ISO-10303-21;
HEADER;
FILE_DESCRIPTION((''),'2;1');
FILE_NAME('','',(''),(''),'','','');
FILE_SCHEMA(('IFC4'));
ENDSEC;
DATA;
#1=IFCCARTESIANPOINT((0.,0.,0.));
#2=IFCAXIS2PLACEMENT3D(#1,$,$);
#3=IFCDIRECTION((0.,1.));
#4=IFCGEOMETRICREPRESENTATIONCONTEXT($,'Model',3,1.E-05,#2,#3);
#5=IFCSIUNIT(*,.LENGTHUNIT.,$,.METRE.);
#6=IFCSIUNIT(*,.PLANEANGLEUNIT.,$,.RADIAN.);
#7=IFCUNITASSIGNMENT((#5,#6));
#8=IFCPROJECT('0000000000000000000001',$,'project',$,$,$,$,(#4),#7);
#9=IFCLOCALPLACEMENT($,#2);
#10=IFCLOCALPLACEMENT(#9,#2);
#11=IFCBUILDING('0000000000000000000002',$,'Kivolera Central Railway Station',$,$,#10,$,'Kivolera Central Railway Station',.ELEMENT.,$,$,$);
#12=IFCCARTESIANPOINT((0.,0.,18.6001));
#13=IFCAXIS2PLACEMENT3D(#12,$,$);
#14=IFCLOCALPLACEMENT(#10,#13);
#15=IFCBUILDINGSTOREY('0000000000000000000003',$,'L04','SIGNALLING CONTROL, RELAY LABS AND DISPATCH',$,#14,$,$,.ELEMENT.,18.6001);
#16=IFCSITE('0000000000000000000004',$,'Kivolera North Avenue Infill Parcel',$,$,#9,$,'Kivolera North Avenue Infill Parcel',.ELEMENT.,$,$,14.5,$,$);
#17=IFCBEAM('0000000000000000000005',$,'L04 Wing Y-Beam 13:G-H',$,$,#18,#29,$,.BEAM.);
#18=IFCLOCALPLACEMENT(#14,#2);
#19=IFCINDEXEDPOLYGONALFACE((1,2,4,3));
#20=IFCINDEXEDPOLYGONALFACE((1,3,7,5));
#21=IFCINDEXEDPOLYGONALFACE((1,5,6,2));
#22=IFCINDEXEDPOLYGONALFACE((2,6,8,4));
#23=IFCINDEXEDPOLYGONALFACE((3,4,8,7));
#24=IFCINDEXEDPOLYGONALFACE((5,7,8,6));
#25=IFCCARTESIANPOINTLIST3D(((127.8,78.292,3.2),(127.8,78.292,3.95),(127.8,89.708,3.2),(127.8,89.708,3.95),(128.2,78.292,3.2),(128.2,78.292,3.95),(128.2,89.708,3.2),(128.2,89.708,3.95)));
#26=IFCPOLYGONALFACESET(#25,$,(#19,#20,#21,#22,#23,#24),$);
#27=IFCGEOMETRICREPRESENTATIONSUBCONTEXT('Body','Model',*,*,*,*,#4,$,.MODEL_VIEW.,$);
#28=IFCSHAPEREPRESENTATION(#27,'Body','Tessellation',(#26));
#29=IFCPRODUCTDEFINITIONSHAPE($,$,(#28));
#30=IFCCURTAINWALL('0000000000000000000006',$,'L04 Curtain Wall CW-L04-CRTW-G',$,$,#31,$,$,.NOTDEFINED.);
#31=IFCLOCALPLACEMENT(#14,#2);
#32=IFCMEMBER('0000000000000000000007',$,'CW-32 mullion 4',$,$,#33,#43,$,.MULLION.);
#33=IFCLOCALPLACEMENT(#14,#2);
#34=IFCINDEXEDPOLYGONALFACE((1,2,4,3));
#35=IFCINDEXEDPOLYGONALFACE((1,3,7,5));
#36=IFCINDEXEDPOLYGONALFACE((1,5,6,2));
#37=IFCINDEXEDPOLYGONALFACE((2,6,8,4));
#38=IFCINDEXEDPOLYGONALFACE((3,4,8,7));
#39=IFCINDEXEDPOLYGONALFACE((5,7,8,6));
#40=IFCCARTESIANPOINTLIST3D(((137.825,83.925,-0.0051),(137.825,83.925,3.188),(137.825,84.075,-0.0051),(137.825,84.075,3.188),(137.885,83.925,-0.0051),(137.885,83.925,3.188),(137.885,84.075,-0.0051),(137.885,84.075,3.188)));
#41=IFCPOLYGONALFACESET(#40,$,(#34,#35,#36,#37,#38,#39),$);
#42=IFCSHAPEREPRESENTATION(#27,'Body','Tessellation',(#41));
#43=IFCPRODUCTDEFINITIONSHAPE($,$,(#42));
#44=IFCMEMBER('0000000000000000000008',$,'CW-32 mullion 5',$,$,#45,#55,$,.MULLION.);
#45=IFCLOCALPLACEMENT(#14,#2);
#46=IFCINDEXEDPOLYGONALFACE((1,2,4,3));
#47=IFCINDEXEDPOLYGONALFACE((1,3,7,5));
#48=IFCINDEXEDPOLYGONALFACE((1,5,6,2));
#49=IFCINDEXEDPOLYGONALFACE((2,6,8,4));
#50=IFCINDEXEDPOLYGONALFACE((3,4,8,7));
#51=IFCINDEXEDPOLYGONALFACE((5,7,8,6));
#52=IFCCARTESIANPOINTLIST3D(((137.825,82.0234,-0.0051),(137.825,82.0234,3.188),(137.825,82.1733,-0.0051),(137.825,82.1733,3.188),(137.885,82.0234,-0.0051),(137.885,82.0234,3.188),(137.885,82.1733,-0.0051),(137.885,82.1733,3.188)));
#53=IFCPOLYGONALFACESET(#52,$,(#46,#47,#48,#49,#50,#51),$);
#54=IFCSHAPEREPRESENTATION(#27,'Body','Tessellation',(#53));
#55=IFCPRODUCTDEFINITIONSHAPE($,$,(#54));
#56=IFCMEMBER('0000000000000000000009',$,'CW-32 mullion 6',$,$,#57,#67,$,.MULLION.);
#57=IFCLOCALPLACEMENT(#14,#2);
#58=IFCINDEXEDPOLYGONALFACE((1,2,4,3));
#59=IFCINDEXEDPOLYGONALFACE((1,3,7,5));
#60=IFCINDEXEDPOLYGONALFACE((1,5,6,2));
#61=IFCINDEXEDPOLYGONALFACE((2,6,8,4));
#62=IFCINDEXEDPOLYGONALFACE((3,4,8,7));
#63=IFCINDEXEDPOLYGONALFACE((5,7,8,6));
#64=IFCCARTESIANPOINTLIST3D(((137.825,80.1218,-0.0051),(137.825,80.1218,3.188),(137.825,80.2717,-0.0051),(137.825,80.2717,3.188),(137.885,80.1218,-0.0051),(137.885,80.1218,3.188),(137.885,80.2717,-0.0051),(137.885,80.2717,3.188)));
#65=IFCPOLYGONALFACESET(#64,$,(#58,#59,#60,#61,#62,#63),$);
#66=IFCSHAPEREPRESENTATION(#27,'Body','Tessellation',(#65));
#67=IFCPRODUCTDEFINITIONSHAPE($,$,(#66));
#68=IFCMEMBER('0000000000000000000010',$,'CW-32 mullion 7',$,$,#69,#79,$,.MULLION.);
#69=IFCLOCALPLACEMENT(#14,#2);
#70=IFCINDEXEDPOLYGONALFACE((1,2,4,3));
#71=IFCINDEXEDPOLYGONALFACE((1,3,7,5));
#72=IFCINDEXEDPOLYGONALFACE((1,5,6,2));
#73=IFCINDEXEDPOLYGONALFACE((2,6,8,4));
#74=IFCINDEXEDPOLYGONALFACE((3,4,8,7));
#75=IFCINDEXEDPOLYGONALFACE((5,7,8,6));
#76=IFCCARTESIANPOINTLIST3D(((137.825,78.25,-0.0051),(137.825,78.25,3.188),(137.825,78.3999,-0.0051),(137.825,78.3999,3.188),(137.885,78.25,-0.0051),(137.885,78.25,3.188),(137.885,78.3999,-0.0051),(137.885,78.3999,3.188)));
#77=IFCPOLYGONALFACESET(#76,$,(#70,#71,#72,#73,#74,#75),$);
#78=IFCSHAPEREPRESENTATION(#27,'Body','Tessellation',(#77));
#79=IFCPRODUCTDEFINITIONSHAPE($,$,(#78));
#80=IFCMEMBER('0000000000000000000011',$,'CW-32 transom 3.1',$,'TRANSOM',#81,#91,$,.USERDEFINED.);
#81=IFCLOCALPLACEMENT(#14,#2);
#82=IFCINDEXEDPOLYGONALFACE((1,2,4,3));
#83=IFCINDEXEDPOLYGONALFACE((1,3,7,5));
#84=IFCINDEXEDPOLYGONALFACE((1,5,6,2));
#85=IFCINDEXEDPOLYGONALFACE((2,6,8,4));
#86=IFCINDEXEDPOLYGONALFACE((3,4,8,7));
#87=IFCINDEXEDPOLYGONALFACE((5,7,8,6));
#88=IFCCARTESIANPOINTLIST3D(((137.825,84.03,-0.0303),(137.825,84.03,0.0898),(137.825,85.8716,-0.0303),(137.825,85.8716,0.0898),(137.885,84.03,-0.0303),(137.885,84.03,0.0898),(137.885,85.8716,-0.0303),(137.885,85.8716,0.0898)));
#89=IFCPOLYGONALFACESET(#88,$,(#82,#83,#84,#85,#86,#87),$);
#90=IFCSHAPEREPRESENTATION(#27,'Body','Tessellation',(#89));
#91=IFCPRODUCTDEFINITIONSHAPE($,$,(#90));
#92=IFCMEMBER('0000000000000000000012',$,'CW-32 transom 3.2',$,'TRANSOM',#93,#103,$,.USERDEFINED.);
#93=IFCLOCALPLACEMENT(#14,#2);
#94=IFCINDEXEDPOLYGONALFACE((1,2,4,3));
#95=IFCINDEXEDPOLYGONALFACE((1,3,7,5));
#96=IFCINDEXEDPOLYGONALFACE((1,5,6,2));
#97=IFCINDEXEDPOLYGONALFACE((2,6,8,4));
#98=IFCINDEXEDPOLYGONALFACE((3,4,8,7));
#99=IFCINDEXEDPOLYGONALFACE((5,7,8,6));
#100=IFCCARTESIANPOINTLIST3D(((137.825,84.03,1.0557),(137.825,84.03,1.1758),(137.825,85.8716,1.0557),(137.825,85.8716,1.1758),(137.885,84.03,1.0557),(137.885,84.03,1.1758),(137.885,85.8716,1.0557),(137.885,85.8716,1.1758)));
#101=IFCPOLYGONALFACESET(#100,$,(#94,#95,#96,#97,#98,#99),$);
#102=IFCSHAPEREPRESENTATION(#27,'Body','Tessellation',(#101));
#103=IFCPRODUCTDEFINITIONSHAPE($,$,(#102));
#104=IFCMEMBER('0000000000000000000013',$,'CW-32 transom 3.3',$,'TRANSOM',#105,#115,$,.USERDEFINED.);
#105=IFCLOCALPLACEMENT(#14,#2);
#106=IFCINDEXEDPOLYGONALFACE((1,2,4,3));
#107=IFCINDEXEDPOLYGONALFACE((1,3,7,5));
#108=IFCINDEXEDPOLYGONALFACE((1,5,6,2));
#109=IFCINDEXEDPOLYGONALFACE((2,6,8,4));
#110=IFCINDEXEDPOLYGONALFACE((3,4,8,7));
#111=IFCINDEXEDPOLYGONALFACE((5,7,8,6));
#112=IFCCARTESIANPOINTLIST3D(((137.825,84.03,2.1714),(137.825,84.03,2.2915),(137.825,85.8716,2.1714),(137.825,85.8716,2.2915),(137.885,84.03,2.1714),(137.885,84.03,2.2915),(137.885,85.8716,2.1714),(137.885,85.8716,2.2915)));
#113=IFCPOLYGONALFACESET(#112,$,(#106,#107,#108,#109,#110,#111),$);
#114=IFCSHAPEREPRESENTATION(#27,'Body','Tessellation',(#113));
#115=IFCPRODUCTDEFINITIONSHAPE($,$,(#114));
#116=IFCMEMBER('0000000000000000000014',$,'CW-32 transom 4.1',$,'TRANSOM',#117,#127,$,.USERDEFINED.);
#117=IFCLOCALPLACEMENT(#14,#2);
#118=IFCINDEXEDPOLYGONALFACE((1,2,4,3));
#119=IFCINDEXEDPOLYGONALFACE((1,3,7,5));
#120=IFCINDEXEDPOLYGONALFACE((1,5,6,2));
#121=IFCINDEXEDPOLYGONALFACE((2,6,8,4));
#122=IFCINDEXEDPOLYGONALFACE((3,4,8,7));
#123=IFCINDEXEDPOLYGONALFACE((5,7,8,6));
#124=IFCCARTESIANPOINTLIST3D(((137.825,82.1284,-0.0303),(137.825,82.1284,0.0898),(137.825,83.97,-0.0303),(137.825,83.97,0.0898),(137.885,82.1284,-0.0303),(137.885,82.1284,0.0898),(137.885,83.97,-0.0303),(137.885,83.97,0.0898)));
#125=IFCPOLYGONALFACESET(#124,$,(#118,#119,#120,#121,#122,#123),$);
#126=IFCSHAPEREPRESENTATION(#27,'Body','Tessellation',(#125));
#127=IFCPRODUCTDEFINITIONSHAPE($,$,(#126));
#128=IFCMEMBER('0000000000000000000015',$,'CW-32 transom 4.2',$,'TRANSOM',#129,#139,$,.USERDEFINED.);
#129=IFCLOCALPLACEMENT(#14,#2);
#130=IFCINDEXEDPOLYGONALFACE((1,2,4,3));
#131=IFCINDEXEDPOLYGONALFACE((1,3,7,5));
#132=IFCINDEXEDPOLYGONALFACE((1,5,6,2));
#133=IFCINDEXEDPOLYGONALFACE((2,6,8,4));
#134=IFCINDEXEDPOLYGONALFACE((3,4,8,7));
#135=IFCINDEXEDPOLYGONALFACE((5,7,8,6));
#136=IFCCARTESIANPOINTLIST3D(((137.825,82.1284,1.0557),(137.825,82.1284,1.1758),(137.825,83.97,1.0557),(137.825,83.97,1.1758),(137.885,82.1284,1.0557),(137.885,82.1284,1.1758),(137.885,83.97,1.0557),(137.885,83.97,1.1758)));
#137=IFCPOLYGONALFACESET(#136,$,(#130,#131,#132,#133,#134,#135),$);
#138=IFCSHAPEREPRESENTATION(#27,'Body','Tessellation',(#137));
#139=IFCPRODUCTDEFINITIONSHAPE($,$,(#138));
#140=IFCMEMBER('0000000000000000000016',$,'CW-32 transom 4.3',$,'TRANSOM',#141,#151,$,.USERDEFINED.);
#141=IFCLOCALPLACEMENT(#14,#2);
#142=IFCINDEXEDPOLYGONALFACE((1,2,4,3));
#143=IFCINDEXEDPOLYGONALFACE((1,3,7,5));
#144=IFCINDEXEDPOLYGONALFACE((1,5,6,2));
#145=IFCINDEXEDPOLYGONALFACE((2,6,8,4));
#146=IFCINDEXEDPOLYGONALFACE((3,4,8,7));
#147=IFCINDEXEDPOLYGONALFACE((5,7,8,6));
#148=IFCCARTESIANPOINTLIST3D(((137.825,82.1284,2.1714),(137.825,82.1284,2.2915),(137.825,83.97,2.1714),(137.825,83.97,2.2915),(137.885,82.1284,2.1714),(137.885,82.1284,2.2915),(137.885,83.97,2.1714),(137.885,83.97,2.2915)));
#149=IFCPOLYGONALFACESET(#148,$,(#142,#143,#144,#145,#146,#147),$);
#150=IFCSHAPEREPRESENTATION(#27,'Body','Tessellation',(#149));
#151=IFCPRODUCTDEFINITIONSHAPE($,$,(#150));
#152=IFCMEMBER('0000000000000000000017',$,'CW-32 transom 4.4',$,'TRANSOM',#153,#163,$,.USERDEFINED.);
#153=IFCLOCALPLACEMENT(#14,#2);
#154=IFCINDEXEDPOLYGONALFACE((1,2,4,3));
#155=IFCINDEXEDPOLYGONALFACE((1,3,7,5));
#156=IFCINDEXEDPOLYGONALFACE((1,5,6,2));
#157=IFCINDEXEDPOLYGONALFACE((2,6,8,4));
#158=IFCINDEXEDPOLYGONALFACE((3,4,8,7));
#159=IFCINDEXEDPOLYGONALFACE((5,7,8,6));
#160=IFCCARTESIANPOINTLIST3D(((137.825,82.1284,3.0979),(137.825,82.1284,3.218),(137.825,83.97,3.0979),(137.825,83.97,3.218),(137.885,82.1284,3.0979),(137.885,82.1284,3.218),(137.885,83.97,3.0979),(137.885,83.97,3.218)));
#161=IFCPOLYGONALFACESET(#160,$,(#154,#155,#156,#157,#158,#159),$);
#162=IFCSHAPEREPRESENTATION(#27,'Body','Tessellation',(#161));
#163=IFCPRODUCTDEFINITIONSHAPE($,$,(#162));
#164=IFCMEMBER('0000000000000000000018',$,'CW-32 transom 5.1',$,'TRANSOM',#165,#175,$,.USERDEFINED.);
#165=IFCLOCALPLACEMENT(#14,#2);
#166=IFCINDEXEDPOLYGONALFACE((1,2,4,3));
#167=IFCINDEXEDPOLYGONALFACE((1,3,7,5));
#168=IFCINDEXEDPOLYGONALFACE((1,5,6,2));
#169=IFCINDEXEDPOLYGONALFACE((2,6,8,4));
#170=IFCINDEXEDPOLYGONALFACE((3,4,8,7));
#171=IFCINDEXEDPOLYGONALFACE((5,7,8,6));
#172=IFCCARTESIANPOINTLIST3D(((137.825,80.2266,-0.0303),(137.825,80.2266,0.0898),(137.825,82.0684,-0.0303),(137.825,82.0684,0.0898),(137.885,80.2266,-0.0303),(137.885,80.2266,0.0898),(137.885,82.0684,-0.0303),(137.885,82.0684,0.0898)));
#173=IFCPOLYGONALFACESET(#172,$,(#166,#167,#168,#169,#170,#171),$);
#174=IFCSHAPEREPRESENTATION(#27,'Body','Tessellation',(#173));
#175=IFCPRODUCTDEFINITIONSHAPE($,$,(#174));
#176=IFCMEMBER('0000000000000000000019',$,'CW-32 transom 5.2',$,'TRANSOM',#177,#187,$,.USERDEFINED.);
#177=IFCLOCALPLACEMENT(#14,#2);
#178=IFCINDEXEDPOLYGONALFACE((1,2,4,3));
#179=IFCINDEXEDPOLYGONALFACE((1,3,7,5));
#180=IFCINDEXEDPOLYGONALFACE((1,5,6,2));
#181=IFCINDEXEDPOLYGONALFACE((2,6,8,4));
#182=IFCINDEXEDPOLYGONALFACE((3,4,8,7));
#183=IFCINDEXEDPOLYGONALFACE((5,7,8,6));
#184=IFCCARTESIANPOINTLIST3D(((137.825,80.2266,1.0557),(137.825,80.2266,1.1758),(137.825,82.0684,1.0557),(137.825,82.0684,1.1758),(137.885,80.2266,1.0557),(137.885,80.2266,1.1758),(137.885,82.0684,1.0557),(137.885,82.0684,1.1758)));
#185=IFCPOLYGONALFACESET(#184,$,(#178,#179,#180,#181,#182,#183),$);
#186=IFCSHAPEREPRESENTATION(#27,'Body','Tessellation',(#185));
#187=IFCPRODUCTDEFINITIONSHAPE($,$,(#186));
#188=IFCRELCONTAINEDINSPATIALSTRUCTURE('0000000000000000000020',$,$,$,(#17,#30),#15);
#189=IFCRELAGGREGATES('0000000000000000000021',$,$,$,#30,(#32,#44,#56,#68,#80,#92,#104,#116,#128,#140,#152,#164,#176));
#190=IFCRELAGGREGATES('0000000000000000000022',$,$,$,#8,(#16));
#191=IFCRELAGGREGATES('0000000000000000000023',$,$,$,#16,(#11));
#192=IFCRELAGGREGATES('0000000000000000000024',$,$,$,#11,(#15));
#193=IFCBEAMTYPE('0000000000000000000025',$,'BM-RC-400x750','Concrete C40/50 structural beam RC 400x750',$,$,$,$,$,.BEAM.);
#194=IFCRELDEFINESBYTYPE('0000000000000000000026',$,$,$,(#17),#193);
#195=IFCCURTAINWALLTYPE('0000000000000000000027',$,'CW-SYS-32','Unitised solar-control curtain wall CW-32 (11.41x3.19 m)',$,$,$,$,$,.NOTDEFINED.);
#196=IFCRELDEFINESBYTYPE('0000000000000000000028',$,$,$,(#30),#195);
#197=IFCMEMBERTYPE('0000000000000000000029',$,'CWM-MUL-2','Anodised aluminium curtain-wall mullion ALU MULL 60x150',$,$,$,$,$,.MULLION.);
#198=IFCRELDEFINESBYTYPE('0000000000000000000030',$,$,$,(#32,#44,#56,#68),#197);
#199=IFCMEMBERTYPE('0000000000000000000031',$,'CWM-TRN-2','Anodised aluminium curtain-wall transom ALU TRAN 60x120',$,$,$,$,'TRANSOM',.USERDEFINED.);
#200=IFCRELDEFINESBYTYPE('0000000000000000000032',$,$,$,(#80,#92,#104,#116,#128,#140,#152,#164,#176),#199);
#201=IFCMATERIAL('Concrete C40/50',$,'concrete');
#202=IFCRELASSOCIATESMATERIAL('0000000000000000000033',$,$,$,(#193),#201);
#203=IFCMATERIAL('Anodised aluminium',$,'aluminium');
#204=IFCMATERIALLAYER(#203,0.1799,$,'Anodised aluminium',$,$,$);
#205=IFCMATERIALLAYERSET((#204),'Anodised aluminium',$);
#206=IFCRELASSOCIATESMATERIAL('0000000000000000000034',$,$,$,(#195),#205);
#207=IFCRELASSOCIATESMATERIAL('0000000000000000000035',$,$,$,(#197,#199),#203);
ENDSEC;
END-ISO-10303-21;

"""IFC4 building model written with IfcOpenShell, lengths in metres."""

from ifc_helpers import new_model, si_unit, direction, frame, origin, origin_2d, place, context, subcontext, project, spatial, rectangle, extrude, material, layer, layer_set, material_profile, profile_set, type_object, element, aggregate, save


model = new_model("IFC4")

# Units and contexts
model_context = context("Model", 3, precision=1e-05, world=origin(), true_north=direction((0.0, 1.0)))
body_context = subcontext(model_context, "Body", "Model", "MODEL_VIEW")
ifc_project = project(units=[si_unit("LENGTHUNIT", "METRE"), si_unit("PLANEANGLEUNIT", "RADIAN")], contexts=[model_context])

# Site, building, storey
site_placement = place(None, origin())
site = spatial("IfcSite", under=ifc_project, at=site_placement, Name="Kivolera North Avenue Infill Parcel", LongName="Kivolera North Avenue Infill Parcel", CompositionType="ELEMENT", RefElevation=14.5)
building_placement = place(site_placement, origin())
building = spatial("IfcBuilding", under=site, at=building_placement, Name="Kivolera Central Railway Station", LongName="Kivolera Central Railway Station", CompositionType="ELEMENT")
storey_placement = place(building_placement, frame((0.0, 0.0, 18.6001)))
storey = spatial("IfcBuildingStorey", under=building, at=storey_placement, Name="L04", Description="SIGNALLING CONTROL, RELAY LABS AND DISPATCH", CompositionType="ELEMENT", Elevation=18.6001)

# Beam
ifc_material_1 = material(Name="Concrete C40/50", Category="concrete")
ifc_material_profile_1 = material_profile(ifc_material_1, rectangle(XDim=0.3999, YDim=0.75, at=origin_2d()), Name="RC 400x750")
ifc_profile_set_1 = profile_set([ifc_material_profile_1], Name="Concrete C40/50")
beam_type = type_object("IfcBeamType", Name="BM-RC-400x750", Description="Concrete C40/50 structural beam RC 400x750", PredefinedType="BEAM", material=ifc_profile_set_1)
beam_placement = place(storey_placement, frame((128.0, 78.292, 3.575), z_axis=(0.0, 1.0, 0.0), x_axis=(-1.0, 0.0, 0.0)))
element("IfcBeam", 1, at=beam_placement, inside=storey, type_object=beam_type, Name="L04 Wing Y-Beam 13:G-H", PredefinedType="BEAM", context=body_context, shape_type="SweptSolid", body=[
    extrude(rectangle(XDim=0.3999, YDim=0.75, at=origin_2d()), origin(), (0.0, 0.0, 1.0), 11.416),
])

# Curtain wall, members
ifc_material_2 = material(Name="Anodised aluminium", Category="aluminium")
ifc_layer_1 = layer(ifc_material_2, 0.1799, Name="Anodised aluminium")
ifc_layer_set_1 = layer_set([ifc_layer_1], Name="Anodised aluminium")
curtain_wall_type = type_object("IfcCurtainWallType", Name="CW-SYS-32", Description="Unitised solar-control curtain wall CW-32 (11.41x3.19 m)", PredefinedType="NOTDEFINED", material=ifc_layer_set_1)
curtain_wall_placement = place(storey_placement, origin())
curtain_wall = element("IfcCurtainWall", 2, at=curtain_wall_placement, inside=storey, type_object=curtain_wall_type, Name="L04 Curtain Wall CW-L04-CRTW-G", PredefinedType="NOTDEFINED")
ifc_material_profile_2 = material_profile(ifc_material_2, rectangle(XDim=0.0601, YDim=0.1499, at=origin_2d()), Name="ALU MULL 60x150")
ifc_profile_set_2 = profile_set([ifc_material_profile_2], Name="Anodised aluminium")
member_type_1 = type_object("IfcMemberType", Name="CWM-MUL-2", Description="Anodised aluminium curtain-wall mullion ALU MULL 60x150", PredefinedType="MULLION", material=ifc_profile_set_2)
member_1_placement = place(storey_placement, frame((137.855, 84.0, -0.0051), z_axis=(0.0, 0.0, 1.0), x_axis=(1.0, 0.0, 0.0)))
member_1 = element("IfcMember", 3, at=member_1_placement, type_object=member_type_1, Name="CW-32 mullion 4", PredefinedType="MULLION", context=body_context, shape_type="SweptSolid", body=[
    extrude(rectangle(XDim=0.0601, YDim=0.1499, at=origin_2d()), origin(), (0.0, 0.0, 1.0), 3.1931),
])
member_2_placement = place(storey_placement, frame((137.855, 82.0984, -0.0051), z_axis=(0.0, 0.0, 1.0), x_axis=(1.0, 0.0, 0.0)))
member_2 = element("IfcMember", 4, at=member_2_placement, type_object=member_type_1, Name="CW-32 mullion 5", PredefinedType="MULLION", context=body_context, shape_type="SweptSolid", body=[
    extrude(rectangle(XDim=0.0601, YDim=0.1499, at=origin_2d()), origin(), (0.0, 0.0, 1.0), 3.1931),
])
member_3_placement = place(storey_placement, frame((137.855, 80.1968, -0.0051), z_axis=(0.0, 0.0, 1.0), x_axis=(1.0, 0.0, 0.0)))
member_3 = element("IfcMember", 5, at=member_3_placement, type_object=member_type_1, Name="CW-32 mullion 6", PredefinedType="MULLION", context=body_context, shape_type="SweptSolid", body=[
    extrude(rectangle(XDim=0.0601, YDim=0.1499, at=origin_2d()), origin(), (0.0, 0.0, 1.0), 3.1931),
])
member_4_placement = place(storey_placement, frame((137.855, 78.325, -0.0051), z_axis=(0.0, 0.0, 1.0), x_axis=(1.0, 0.0, 0.0)))
member_4 = element("IfcMember", 6, at=member_4_placement, type_object=member_type_1, Name="CW-32 mullion 7", PredefinedType="MULLION", context=body_context, shape_type="SweptSolid", body=[
    extrude(rectangle(XDim=0.0601, YDim=0.1499, at=origin_2d()), origin(), (0.0, 0.0, 1.0), 3.1931),
])
ifc_material_profile_3 = material_profile(ifc_material_2, rectangle(XDim=0.0601, YDim=0.1201, at=origin_2d()), Name="ALU TRAN 60x120")
ifc_profile_set_3 = profile_set([ifc_material_profile_3], Name="Anodised aluminium")
member_type_2 = type_object("IfcMemberType", Name="CWM-TRN-2", Description="Anodised aluminium curtain-wall transom ALU TRAN 60x120", ElementType="TRANSOM", PredefinedType="USERDEFINED", material=ifc_profile_set_3)
member_5_placement = place(storey_placement, frame((137.855, 85.8716, 0.0298), z_axis=(0.0, -1.0, 0.0), x_axis=(1.0, 0.0, 0.0)))
member_5 = element("IfcMember", 7, at=member_5_placement, type_object=member_type_2, Name="CW-32 transom 3.1", ObjectType="TRANSOM", PredefinedType="USERDEFINED", context=body_context, shape_type="SweptSolid", body=[
    extrude(rectangle(XDim=0.0601, YDim=0.1201, at=origin_2d()), origin(), (0.0, 0.0, 1.0), 1.8416),
])
member_6_placement = place(storey_placement, frame((137.855, 85.8716, 1.1157), z_axis=(0.0, -1.0, 0.0), x_axis=(1.0, 0.0, 0.0)))
member_6 = element("IfcMember", 8, at=member_6_placement, type_object=member_type_2, Name="CW-32 transom 3.2", ObjectType="TRANSOM", PredefinedType="USERDEFINED", context=body_context, shape_type="SweptSolid", body=[
    extrude(rectangle(XDim=0.0601, YDim=0.1201, at=origin_2d()), origin(), (0.0, 0.0, 1.0), 1.8416),
])
member_7_placement = place(storey_placement, frame((137.855, 85.8716, 2.2314), z_axis=(0.0, -1.0, 0.0), x_axis=(1.0, 0.0, 0.0)))
member_7 = element("IfcMember", 9, at=member_7_placement, type_object=member_type_2, Name="CW-32 transom 3.3", ObjectType="TRANSOM", PredefinedType="USERDEFINED", context=body_context, shape_type="SweptSolid", body=[
    extrude(rectangle(XDim=0.0601, YDim=0.1201, at=origin_2d()), origin(), (0.0, 0.0, 1.0), 1.8416),
])
member_8_placement = place(storey_placement, frame((137.855, 83.97, 0.0298), z_axis=(0.0, -1.0, 0.0), x_axis=(1.0, 0.0, 0.0)))
member_8 = element("IfcMember", 10, at=member_8_placement, type_object=member_type_2, Name="CW-32 transom 4.1", ObjectType="TRANSOM", PredefinedType="USERDEFINED", context=body_context, shape_type="SweptSolid", body=[
    extrude(rectangle(XDim=0.0601, YDim=0.1201, at=origin_2d()), origin(), (0.0, 0.0, 1.0), 1.8416),
])
member_9_placement = place(storey_placement, frame((137.855, 83.97, 1.1157), z_axis=(0.0, -1.0, 0.0), x_axis=(1.0, 0.0, 0.0)))
member_9 = element("IfcMember", 11, at=member_9_placement, type_object=member_type_2, Name="CW-32 transom 4.2", ObjectType="TRANSOM", PredefinedType="USERDEFINED", context=body_context, shape_type="SweptSolid", body=[
    extrude(rectangle(XDim=0.0601, YDim=0.1201, at=origin_2d()), origin(), (0.0, 0.0, 1.0), 1.8416),
])
member_10_placement = place(storey_placement, frame((137.855, 83.97, 2.2314), z_axis=(0.0, -1.0, 0.0), x_axis=(1.0, 0.0, 0.0)))
member_10 = element("IfcMember", 12, at=member_10_placement, type_object=member_type_2, Name="CW-32 transom 4.3", ObjectType="TRANSOM", PredefinedType="USERDEFINED", context=body_context, shape_type="SweptSolid", body=[
    extrude(rectangle(XDim=0.0601, YDim=0.1201, at=origin_2d()), origin(), (0.0, 0.0, 1.0), 1.8416),
])
member_11_placement = place(storey_placement, frame((137.855, 83.97, 3.158), z_axis=(0.0, -1.0, 0.0), x_axis=(1.0, 0.0, 0.0)))
member_11 = element("IfcMember", 13, at=member_11_placement, type_object=member_type_2, Name="CW-32 transom 4.4", ObjectType="TRANSOM", PredefinedType="USERDEFINED", context=body_context, shape_type="SweptSolid", body=[
    extrude(rectangle(XDim=0.0601, YDim=0.1201, at=origin_2d()), origin(), (0.0, 0.0, 1.0), 1.8416),
])
member_12_placement = place(storey_placement, frame((137.855, 82.0684, 0.0298), z_axis=(0.0, -1.0, 0.0), x_axis=(1.0, 0.0, 0.0)))
member_12 = element("IfcMember", 14, at=member_12_placement, type_object=member_type_2, Name="CW-32 transom 5.1", ObjectType="TRANSOM", PredefinedType="USERDEFINED", context=body_context, shape_type="SweptSolid", body=[
    extrude(rectangle(XDim=0.0601, YDim=0.1201, at=origin_2d()), origin(), (0.0, 0.0, 1.0), 1.8418),
])
member_13_placement = place(storey_placement, frame((137.855, 82.0684, 1.1157), z_axis=(0.0, -1.0, 0.0), x_axis=(1.0, 0.0, 0.0)))
member_13 = element("IfcMember", 15, at=member_13_placement, type_object=member_type_2, Name="CW-32 transom 5.2", ObjectType="TRANSOM", PredefinedType="USERDEFINED", context=body_context, shape_type="SweptSolid", body=[
    extrude(rectangle(XDim=0.0601, YDim=0.1201, at=origin_2d()), origin(), (0.0, 0.0, 1.0), 1.8418),
])
aggregate(curtain_wall, [member_1, member_2, member_3, member_4, member_5, member_6, member_7, member_8, member_9, member_10, member_11, member_12, member_13])

save(model, "model.ifc")
